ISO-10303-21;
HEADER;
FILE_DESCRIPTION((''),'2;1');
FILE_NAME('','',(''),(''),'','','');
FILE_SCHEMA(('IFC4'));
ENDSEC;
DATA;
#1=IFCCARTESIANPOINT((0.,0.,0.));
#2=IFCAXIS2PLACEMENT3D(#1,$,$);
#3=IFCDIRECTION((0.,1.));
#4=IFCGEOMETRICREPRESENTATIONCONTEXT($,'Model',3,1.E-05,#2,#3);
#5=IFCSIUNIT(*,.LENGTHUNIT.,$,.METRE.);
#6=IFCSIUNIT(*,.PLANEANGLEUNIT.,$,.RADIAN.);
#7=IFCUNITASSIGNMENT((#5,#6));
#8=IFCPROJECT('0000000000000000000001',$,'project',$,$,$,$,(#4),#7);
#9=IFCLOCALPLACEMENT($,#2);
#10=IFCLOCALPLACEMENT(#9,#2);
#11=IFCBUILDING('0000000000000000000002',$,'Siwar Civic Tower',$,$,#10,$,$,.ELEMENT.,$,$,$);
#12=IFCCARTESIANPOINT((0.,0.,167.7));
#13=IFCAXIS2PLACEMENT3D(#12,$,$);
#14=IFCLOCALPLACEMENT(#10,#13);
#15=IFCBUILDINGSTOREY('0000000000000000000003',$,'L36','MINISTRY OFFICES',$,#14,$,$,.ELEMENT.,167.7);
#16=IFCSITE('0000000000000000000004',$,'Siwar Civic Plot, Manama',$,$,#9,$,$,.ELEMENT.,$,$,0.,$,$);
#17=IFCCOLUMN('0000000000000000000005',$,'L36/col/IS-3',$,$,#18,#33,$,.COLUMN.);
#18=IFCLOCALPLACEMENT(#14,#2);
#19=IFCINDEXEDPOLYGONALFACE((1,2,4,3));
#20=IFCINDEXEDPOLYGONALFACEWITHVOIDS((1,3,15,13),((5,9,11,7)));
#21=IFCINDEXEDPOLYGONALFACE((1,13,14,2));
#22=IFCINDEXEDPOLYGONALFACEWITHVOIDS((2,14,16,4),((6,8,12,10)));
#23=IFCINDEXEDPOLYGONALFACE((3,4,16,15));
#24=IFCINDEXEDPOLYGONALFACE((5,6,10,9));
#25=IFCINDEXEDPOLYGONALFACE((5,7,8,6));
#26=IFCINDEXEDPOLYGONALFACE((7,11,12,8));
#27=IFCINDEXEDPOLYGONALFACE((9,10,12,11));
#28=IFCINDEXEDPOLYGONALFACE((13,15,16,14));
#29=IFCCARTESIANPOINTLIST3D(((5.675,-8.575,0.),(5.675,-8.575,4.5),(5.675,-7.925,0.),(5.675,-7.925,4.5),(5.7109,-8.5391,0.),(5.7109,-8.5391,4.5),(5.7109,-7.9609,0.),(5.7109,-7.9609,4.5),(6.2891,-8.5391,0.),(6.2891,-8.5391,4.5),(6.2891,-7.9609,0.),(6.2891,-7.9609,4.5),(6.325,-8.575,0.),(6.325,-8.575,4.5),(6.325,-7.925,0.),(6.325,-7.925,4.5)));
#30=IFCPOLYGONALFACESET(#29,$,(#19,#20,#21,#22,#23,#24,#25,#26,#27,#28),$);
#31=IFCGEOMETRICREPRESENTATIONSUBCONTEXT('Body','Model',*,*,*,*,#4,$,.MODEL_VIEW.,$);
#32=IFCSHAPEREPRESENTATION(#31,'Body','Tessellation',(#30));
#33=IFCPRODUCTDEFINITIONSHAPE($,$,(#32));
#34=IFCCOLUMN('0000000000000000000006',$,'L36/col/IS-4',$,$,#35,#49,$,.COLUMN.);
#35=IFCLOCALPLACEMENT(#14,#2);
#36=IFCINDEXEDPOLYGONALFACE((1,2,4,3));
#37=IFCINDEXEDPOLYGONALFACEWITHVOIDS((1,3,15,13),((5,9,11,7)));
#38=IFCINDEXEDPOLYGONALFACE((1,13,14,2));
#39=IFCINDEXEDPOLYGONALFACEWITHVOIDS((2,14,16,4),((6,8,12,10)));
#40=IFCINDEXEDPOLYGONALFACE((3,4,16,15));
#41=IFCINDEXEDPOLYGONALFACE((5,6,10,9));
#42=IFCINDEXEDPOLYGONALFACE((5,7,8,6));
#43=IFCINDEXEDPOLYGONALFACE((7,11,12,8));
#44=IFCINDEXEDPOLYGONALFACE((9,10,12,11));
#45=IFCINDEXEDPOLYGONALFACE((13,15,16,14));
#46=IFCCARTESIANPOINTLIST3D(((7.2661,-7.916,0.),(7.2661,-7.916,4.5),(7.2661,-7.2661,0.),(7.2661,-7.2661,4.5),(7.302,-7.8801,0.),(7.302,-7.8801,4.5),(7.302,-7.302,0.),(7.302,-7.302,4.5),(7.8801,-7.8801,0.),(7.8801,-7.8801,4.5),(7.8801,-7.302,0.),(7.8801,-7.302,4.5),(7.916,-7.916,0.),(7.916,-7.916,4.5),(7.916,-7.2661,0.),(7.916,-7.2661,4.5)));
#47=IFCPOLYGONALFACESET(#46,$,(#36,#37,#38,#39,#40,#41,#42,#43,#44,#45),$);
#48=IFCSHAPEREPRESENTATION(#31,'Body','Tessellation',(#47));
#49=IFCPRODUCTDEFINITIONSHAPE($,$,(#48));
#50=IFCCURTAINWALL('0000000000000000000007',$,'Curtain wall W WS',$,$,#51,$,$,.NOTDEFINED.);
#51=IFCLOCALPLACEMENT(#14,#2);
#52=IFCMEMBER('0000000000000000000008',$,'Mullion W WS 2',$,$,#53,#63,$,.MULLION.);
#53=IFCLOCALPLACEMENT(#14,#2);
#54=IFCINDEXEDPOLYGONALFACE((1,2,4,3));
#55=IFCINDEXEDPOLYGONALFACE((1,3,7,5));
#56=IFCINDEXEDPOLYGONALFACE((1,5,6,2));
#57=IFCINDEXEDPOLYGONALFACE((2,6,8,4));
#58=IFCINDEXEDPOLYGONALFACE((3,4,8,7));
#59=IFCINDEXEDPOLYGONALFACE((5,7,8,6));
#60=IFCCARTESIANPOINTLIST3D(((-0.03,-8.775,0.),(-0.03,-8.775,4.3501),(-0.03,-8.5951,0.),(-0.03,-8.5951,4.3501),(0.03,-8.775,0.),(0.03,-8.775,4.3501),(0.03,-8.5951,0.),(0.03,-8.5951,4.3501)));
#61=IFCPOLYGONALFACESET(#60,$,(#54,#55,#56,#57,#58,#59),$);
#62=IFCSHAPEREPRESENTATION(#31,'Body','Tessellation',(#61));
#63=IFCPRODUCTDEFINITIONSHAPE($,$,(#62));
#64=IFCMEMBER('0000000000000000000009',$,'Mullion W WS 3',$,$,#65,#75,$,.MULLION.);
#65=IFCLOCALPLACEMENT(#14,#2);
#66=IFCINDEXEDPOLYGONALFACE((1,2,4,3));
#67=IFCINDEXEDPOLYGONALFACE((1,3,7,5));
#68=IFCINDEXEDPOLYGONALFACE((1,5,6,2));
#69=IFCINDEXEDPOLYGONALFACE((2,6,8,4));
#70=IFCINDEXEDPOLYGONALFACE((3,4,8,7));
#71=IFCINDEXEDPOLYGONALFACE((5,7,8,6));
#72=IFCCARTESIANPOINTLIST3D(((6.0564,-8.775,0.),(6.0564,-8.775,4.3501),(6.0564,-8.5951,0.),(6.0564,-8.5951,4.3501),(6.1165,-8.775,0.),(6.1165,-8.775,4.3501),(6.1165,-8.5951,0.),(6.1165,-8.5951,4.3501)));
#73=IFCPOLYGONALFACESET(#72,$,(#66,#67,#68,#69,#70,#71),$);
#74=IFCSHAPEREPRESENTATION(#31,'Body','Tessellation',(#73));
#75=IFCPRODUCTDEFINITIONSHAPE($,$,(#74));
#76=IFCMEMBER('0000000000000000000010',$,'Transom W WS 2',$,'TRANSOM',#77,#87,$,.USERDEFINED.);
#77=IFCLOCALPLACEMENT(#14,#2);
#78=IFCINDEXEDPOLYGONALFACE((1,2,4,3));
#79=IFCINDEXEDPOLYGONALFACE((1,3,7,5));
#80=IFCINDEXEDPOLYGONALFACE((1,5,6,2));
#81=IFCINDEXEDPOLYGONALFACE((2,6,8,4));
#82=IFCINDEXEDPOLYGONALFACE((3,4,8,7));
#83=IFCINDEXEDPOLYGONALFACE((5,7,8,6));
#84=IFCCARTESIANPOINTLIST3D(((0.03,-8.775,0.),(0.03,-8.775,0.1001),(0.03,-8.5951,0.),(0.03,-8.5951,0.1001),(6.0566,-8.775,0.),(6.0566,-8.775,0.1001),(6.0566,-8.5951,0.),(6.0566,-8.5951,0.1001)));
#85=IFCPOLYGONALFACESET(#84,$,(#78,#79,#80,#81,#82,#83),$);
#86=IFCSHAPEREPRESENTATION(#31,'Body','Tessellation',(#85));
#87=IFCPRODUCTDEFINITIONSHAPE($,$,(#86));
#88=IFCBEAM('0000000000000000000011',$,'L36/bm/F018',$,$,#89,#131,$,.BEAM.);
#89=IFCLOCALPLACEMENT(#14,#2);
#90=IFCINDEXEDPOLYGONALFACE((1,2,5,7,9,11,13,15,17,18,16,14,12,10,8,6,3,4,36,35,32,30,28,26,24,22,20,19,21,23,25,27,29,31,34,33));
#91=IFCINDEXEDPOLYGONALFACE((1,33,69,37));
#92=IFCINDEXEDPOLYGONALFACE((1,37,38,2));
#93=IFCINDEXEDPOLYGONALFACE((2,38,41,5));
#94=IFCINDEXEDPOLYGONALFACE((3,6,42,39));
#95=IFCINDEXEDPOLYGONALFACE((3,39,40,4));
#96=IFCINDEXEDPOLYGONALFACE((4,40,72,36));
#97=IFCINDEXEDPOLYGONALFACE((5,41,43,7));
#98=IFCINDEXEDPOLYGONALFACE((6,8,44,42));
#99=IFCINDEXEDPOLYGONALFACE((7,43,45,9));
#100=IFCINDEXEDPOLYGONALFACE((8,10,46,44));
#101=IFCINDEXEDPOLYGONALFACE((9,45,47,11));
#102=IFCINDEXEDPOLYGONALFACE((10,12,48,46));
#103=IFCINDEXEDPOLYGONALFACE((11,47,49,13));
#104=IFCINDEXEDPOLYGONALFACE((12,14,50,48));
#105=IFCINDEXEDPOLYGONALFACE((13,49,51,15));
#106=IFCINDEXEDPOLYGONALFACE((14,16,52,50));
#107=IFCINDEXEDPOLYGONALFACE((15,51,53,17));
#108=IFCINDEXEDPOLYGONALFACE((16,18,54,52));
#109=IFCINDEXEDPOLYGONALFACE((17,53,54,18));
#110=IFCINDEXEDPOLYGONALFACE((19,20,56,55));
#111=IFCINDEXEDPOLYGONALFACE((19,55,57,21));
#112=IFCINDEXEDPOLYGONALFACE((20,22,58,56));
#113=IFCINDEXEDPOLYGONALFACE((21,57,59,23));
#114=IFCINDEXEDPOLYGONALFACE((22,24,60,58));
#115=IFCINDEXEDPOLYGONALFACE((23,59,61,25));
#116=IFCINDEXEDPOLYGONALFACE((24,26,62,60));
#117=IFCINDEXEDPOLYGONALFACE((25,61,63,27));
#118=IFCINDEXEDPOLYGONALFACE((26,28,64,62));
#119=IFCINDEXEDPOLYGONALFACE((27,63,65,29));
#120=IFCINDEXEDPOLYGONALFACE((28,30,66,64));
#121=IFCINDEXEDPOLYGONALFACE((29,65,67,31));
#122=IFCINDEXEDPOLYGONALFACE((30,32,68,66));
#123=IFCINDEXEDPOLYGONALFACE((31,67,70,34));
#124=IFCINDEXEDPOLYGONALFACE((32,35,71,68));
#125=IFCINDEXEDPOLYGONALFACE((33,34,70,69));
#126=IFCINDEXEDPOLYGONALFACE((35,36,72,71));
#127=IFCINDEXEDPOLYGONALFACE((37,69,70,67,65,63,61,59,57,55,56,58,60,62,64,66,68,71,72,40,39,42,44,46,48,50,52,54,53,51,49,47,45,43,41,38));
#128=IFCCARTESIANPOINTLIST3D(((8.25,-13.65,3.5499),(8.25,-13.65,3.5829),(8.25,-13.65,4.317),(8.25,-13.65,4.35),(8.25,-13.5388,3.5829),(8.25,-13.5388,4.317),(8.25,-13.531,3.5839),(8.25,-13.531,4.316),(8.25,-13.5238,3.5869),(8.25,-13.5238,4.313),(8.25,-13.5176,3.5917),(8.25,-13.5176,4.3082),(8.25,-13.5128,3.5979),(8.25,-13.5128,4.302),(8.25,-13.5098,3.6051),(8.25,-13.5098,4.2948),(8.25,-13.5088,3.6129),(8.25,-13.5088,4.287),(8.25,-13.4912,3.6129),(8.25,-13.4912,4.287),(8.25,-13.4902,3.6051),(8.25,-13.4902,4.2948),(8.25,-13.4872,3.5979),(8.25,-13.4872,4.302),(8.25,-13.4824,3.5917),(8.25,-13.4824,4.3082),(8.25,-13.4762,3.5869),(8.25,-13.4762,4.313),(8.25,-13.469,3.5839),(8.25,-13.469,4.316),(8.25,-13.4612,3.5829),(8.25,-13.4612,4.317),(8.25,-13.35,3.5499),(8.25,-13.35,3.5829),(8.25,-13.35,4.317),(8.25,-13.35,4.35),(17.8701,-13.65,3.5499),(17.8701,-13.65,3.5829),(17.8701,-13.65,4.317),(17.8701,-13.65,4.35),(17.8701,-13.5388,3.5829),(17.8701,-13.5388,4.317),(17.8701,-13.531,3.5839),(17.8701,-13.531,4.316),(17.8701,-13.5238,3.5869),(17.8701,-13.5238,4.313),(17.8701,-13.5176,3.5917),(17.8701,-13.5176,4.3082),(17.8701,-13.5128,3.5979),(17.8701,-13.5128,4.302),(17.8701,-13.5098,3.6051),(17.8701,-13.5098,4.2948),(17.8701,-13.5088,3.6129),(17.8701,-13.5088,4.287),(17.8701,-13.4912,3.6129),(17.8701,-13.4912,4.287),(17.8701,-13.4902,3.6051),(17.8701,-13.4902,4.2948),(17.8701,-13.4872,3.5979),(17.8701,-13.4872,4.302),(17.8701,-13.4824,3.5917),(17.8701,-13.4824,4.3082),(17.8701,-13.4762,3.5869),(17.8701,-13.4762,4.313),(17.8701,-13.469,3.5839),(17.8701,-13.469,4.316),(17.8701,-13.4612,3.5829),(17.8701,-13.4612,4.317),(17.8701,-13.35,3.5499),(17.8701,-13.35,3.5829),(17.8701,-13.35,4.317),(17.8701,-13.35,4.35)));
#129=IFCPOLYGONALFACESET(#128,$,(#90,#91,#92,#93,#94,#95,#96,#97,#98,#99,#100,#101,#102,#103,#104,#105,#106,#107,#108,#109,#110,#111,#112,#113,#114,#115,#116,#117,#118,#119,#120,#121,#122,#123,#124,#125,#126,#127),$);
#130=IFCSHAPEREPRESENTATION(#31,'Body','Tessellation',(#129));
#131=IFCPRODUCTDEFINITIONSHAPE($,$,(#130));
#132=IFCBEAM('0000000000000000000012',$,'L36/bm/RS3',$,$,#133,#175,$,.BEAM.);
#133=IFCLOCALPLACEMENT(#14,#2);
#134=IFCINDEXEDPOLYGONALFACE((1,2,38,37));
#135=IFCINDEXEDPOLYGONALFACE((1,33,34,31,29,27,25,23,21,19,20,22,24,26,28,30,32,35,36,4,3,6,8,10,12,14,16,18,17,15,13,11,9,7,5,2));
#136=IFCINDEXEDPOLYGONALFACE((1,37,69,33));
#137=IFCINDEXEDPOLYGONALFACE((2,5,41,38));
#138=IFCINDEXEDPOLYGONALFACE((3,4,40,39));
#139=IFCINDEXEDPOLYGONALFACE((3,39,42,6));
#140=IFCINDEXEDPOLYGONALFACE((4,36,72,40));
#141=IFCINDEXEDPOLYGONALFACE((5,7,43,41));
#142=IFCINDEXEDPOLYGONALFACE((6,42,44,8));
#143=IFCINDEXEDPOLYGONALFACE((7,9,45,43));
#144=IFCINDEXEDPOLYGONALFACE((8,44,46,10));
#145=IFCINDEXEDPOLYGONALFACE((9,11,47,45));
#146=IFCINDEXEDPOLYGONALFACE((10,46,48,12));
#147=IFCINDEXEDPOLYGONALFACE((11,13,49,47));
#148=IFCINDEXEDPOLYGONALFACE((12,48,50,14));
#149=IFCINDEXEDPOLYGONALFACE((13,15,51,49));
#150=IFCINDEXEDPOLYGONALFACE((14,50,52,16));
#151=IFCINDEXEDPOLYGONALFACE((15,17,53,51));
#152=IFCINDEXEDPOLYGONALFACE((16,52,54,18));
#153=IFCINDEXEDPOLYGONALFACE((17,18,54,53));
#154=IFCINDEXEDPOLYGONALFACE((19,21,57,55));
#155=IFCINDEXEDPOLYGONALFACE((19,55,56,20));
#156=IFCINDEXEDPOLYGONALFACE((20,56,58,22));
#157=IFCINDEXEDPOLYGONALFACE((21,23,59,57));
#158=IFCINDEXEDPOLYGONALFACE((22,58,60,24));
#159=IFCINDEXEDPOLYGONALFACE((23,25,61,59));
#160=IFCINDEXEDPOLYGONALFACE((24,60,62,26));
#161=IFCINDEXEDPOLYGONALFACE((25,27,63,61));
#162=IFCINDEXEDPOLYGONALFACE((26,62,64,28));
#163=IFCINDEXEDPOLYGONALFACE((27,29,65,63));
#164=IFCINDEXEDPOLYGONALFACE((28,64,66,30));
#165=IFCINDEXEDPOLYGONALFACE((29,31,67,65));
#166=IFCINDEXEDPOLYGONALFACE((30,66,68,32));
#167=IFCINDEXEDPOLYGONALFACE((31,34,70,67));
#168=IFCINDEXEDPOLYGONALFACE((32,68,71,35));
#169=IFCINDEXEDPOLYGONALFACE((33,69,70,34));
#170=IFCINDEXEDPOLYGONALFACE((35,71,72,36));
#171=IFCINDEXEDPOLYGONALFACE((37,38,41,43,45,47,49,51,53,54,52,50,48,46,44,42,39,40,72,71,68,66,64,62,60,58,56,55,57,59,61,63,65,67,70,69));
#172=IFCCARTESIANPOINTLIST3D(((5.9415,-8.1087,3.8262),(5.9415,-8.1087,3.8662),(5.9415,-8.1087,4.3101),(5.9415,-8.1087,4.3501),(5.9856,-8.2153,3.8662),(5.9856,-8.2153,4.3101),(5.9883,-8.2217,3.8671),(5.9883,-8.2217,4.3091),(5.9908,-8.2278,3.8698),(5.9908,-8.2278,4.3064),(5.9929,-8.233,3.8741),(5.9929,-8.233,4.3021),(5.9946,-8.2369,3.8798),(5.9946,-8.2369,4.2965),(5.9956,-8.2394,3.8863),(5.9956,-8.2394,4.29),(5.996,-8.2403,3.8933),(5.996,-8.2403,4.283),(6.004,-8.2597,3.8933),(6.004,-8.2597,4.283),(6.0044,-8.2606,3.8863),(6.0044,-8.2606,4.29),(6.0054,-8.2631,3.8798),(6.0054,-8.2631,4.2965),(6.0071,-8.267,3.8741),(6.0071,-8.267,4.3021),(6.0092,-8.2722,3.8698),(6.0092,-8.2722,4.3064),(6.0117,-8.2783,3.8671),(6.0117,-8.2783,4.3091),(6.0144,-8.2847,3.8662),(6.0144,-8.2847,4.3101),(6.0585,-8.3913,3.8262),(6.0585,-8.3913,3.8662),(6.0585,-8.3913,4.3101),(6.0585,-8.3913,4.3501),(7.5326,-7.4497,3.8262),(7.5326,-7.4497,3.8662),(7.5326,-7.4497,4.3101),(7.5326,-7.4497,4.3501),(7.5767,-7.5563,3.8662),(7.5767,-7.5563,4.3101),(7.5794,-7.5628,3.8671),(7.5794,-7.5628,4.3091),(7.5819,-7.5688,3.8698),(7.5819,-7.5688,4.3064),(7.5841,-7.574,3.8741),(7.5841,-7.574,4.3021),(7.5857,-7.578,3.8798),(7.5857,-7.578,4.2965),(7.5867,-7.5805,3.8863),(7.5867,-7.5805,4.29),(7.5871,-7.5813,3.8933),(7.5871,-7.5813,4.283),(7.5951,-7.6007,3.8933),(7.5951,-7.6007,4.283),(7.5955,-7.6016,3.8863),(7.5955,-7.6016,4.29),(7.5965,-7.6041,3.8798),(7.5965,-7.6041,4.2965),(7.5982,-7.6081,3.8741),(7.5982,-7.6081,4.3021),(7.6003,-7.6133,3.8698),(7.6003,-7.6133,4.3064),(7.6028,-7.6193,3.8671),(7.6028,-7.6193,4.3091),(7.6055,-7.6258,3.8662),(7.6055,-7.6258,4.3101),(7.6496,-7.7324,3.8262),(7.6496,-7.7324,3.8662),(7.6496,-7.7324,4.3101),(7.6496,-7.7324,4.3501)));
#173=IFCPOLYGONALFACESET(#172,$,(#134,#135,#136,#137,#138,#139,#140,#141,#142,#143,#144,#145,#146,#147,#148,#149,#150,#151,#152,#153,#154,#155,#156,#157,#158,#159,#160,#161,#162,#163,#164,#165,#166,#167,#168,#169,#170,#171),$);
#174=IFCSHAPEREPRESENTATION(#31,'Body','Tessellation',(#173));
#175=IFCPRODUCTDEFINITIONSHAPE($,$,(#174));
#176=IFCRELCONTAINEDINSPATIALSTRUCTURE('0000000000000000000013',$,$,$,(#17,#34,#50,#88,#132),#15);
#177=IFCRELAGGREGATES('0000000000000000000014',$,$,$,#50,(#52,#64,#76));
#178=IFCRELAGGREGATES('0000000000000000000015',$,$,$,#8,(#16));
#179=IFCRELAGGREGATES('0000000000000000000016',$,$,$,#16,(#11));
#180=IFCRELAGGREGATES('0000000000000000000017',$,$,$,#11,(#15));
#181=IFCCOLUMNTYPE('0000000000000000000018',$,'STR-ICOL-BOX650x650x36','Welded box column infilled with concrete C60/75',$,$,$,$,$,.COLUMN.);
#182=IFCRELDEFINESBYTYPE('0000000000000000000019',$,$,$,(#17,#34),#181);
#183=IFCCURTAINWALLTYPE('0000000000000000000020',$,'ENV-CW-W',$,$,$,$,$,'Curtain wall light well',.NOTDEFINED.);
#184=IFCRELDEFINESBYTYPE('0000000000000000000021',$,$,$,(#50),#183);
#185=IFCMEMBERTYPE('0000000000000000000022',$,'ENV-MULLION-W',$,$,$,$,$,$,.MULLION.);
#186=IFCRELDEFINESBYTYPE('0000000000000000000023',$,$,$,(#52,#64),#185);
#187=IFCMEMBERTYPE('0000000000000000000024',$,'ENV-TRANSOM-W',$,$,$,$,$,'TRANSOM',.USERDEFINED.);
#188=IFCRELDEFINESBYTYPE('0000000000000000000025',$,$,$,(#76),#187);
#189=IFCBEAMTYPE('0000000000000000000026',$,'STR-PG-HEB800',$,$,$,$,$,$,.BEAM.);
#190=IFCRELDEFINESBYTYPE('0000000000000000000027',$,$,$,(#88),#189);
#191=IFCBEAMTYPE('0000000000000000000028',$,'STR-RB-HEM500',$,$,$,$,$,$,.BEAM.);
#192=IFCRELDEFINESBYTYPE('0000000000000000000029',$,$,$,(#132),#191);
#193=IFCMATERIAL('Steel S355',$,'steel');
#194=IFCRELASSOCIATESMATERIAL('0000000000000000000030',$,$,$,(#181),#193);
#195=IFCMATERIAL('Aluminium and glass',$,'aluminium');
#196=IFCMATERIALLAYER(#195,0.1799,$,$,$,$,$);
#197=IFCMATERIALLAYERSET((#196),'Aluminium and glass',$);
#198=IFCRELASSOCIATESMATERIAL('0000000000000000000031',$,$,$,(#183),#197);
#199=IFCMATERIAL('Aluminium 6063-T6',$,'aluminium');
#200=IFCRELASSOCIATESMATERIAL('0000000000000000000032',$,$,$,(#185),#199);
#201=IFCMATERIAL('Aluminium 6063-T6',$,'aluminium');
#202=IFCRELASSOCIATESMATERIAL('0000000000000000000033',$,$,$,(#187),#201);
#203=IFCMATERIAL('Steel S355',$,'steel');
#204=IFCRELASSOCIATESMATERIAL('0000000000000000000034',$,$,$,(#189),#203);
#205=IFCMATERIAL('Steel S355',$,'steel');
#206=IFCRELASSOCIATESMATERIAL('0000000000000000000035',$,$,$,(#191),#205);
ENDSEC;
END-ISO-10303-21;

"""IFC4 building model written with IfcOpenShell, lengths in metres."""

from ifc_helpers import new_model, si_unit, direction, frame, origin, origin_2d, place, context, subcontext, project, spatial, rectangle, hollow_rectangle, i_section, extrude, material, layer, layer_set, material_profile, profile_set, type_object, element, aggregate, save


model = new_model("IFC4")

# Units and contexts
model_context = context("Model", 3, precision=1e-05, world=origin(), true_north=direction((0.0, 1.0)))
body_context = subcontext(model_context, "Body", "Model", "MODEL_VIEW")
ifc_project = project(units=[si_unit("LENGTHUNIT", "METRE"), si_unit("PLANEANGLEUNIT", "RADIAN")], contexts=[model_context])

# Site, building, storey
site_placement = place(None, origin())
site = spatial("IfcSite", under=ifc_project, at=site_placement, Name="Siwar Civic Plot, Manama", CompositionType="ELEMENT", RefElevation=0.0)
building_placement = place(site_placement, origin())
building = spatial("IfcBuilding", under=site, at=building_placement, Name="Siwar Civic Tower", CompositionType="ELEMENT")
storey_placement = place(building_placement, frame((0.0, 0.0, 167.7)))
storey = spatial("IfcBuildingStorey", under=building, at=storey_placement, Name="L36", Description="MINISTRY OFFICES", CompositionType="ELEMENT", Elevation=167.7)

# Columns
ifc_material_1 = material(Name="Steel S355", Category="steel")
ifc_material_profile_1 = material_profile(ifc_material_1, hollow_rectangle(XDim=0.6499, YDim=0.6499, WallThickness=0.0359, at=origin_2d()), Name="BOX650x650x36")
ifc_profile_set_1 = profile_set([ifc_material_profile_1], Name="Steel S355")
column_type = type_object("IfcColumnType", Name="STR-ICOL-BOX650x650x36", Description="Welded box column infilled with concrete C60/75", PredefinedType="COLUMN", material=ifc_profile_set_1)
for number, where, z_axis, x_axis, name in (
    (1, (6.0, -8.25, 0.0), (0.0, 0.0, 1.0), (1.0, 0.0, 0.0), "L36/col/IS-3"),
    (2, (7.5911, -7.5911, 0.0), (0.0, 0.0, 1.0), (1.0, 0.0, 0.0), "L36/col/IS-4"),
):
    element("IfcColumn", number, at=place(storey_placement, frame(where, z_axis=z_axis, x_axis=x_axis)), inside=storey, type_object=column_type, Name=name, PredefinedType="COLUMN", context=body_context, shape_type="SweptSolid", body=[
        extrude(hollow_rectangle(XDim=0.6499, YDim=0.6499, WallThickness=0.0359, at=origin_2d()), origin(), (0.0, 0.0, 1.0), 4.5),
    ])

# Curtain wall, members
ifc_material_2 = material(Name="Aluminium and glass", Category="aluminium")
ifc_layer_1 = layer(ifc_material_2, 0.1799)
ifc_layer_set_1 = layer_set([ifc_layer_1], Name="Aluminium and glass")
curtain_wall_type = type_object("IfcCurtainWallType", Name="ENV-CW-W", ElementType="Curtain wall light well", PredefinedType="NOTDEFINED", material=ifc_layer_set_1)
curtain_wall_placement = place(storey_placement, origin())
curtain_wall = element("IfcCurtainWall", 3, at=curtain_wall_placement, inside=storey, type_object=curtain_wall_type, Name="Curtain wall W WS", PredefinedType="NOTDEFINED")
ifc_material_3 = material(Name="Aluminium 6063-T6", Category="aluminium")
ifc_material_profile_2 = material_profile(ifc_material_3, rectangle(XDim=0.1799, YDim=0.0601, at=origin_2d()), Name="AL 180x60")
ifc_profile_set_2 = profile_set([ifc_material_profile_2], Name="Aluminium 6063-T6")
member_type_1 = type_object("IfcMemberType", Name="ENV-MULLION-W", PredefinedType="MULLION", material=ifc_profile_set_2)
member_1_placement = place(storey_placement, frame((0.0, -8.6851, 0.0), z_axis=(0.0, 0.0, 1.0), x_axis=(0.0, 1.0, 0.0)))
member_1 = element("IfcMember", 4, at=member_1_placement, type_object=member_type_1, Name="Mullion W WS 2", PredefinedType="MULLION", context=body_context, shape_type="SweptSolid", body=[
    extrude(rectangle(XDim=0.1799, YDim=0.0601, at=origin_2d()), origin(), (0.0, 0.0, 1.0), 4.3501),
])
member_2_placement = place(storey_placement, frame((6.0864, -8.6851, 0.0), z_axis=(0.0, 0.0, 1.0), x_axis=(0.0, 1.0, 0.0)))
member_2 = element("IfcMember", 5, at=member_2_placement, type_object=member_type_1, Name="Mullion W WS 3", PredefinedType="MULLION", context=body_context, shape_type="SweptSolid", body=[
    extrude(rectangle(XDim=0.1799, YDim=0.0601, at=origin_2d()), origin(), (0.0, 0.0, 1.0), 4.3501),
])
ifc_material_4 = material(Name="Aluminium 6063-T6", Category="aluminium")
ifc_material_profile_3 = material_profile(ifc_material_4, rectangle(XDim=0.1799, YDim=0.1001, at=origin_2d()), Name="AL 180x100")
ifc_profile_set_3 = profile_set([ifc_material_profile_3], Name="Aluminium 6063-T6")
member_type_2 = type_object("IfcMemberType", Name="ENV-TRANSOM-W", ElementType="TRANSOM", PredefinedType="USERDEFINED", material=ifc_profile_set_3)
member_3_placement = place(storey_placement, frame((0.03, -8.6851, 0.05), z_axis=(1.0, 0.0, 0.0), x_axis=(0.0, 1.0, 0.0)))
member_3 = element("IfcMember", 6, at=member_3_placement, type_object=member_type_2, Name="Transom W WS 2", ObjectType="TRANSOM", PredefinedType="USERDEFINED", context=body_context, shape_type="SweptSolid", body=[
    extrude(rectangle(XDim=0.1799, YDim=0.1001, at=origin_2d()), origin(), (0.0, 0.0, 1.0), 6.0266),
])

# Beams
ifc_material_5 = material(Name="Steel S355", Category="steel")
ifc_material_profile_4 = material_profile(ifc_material_5, i_section(OverallWidth=0.3, OverallDepth=0.8, WebThickness=0.0176, FlangeThickness=0.033, FilletRadius=0.03, at=origin_2d()), Name="HEB800")
ifc_profile_set_4 = profile_set([ifc_material_profile_4], Name="Steel S355")
beam_type_1 = type_object("IfcBeamType", Name="STR-PG-HEB800", PredefinedType="BEAM", material=ifc_profile_set_4)
beam_placement = place(storey_placement, frame((8.25, -13.5, 3.95), z_axis=(1.0, 0.0, 0.0), x_axis=(0.0, 1.0, 0.0)))
element("IfcBeam", 7, at=beam_placement, inside=storey, type_object=beam_type_1, Name="L36/bm/F018", PredefinedType="BEAM", context=body_context, shape_type="SweptSolid", body=[
    extrude(i_section(OverallWidth=0.3, OverallDepth=0.8, WebThickness=0.0176, FlangeThickness=0.033, FilletRadius=0.03, at=origin_2d()), origin(), (0.0, 0.0, 1.0), 9.6201),
])
ifc_material_6 = material(Name="Steel S355", Category="steel")
ifc_material_profile_5 = material_profile(ifc_material_6, i_section(OverallWidth=0.3059, OverallDepth=0.5239, WebThickness=0.021, FlangeThickness=0.04, FilletRadius=0.0271, at=origin_2d()), Name="HEM500")
ifc_profile_set_5 = profile_set([ifc_material_profile_5], Name="Steel S355")
beam_type_2 = type_object("IfcBeamType", Name="STR-RB-HEM500", PredefinedType="BEAM", material=ifc_profile_set_5)
for number, where, z_axis, x_axis, name in (
    (8, (6.0, -8.25, 4.0881), (0.923901, 0.382631, 0.0), (-0.382631, 0.923901, 0.0), "L36/bm/RS3"),
):
    element("IfcBeam", number, at=place(storey_placement, frame(where, z_axis=z_axis, x_axis=x_axis)), inside=storey, type_object=beam_type_2, Name=name, PredefinedType="BEAM", context=body_context, shape_type="SweptSolid", body=[
        extrude(i_section(OverallWidth=0.3059, OverallDepth=0.5239, WebThickness=0.021, FlangeThickness=0.04, FilletRadius=0.0271, at=origin_2d()), origin(), (0.0, 0.0, 1.0), 1.7222),
    ])

aggregate(curtain_wall, [member_1, member_2, member_3])

save(model, "model.ifc")
